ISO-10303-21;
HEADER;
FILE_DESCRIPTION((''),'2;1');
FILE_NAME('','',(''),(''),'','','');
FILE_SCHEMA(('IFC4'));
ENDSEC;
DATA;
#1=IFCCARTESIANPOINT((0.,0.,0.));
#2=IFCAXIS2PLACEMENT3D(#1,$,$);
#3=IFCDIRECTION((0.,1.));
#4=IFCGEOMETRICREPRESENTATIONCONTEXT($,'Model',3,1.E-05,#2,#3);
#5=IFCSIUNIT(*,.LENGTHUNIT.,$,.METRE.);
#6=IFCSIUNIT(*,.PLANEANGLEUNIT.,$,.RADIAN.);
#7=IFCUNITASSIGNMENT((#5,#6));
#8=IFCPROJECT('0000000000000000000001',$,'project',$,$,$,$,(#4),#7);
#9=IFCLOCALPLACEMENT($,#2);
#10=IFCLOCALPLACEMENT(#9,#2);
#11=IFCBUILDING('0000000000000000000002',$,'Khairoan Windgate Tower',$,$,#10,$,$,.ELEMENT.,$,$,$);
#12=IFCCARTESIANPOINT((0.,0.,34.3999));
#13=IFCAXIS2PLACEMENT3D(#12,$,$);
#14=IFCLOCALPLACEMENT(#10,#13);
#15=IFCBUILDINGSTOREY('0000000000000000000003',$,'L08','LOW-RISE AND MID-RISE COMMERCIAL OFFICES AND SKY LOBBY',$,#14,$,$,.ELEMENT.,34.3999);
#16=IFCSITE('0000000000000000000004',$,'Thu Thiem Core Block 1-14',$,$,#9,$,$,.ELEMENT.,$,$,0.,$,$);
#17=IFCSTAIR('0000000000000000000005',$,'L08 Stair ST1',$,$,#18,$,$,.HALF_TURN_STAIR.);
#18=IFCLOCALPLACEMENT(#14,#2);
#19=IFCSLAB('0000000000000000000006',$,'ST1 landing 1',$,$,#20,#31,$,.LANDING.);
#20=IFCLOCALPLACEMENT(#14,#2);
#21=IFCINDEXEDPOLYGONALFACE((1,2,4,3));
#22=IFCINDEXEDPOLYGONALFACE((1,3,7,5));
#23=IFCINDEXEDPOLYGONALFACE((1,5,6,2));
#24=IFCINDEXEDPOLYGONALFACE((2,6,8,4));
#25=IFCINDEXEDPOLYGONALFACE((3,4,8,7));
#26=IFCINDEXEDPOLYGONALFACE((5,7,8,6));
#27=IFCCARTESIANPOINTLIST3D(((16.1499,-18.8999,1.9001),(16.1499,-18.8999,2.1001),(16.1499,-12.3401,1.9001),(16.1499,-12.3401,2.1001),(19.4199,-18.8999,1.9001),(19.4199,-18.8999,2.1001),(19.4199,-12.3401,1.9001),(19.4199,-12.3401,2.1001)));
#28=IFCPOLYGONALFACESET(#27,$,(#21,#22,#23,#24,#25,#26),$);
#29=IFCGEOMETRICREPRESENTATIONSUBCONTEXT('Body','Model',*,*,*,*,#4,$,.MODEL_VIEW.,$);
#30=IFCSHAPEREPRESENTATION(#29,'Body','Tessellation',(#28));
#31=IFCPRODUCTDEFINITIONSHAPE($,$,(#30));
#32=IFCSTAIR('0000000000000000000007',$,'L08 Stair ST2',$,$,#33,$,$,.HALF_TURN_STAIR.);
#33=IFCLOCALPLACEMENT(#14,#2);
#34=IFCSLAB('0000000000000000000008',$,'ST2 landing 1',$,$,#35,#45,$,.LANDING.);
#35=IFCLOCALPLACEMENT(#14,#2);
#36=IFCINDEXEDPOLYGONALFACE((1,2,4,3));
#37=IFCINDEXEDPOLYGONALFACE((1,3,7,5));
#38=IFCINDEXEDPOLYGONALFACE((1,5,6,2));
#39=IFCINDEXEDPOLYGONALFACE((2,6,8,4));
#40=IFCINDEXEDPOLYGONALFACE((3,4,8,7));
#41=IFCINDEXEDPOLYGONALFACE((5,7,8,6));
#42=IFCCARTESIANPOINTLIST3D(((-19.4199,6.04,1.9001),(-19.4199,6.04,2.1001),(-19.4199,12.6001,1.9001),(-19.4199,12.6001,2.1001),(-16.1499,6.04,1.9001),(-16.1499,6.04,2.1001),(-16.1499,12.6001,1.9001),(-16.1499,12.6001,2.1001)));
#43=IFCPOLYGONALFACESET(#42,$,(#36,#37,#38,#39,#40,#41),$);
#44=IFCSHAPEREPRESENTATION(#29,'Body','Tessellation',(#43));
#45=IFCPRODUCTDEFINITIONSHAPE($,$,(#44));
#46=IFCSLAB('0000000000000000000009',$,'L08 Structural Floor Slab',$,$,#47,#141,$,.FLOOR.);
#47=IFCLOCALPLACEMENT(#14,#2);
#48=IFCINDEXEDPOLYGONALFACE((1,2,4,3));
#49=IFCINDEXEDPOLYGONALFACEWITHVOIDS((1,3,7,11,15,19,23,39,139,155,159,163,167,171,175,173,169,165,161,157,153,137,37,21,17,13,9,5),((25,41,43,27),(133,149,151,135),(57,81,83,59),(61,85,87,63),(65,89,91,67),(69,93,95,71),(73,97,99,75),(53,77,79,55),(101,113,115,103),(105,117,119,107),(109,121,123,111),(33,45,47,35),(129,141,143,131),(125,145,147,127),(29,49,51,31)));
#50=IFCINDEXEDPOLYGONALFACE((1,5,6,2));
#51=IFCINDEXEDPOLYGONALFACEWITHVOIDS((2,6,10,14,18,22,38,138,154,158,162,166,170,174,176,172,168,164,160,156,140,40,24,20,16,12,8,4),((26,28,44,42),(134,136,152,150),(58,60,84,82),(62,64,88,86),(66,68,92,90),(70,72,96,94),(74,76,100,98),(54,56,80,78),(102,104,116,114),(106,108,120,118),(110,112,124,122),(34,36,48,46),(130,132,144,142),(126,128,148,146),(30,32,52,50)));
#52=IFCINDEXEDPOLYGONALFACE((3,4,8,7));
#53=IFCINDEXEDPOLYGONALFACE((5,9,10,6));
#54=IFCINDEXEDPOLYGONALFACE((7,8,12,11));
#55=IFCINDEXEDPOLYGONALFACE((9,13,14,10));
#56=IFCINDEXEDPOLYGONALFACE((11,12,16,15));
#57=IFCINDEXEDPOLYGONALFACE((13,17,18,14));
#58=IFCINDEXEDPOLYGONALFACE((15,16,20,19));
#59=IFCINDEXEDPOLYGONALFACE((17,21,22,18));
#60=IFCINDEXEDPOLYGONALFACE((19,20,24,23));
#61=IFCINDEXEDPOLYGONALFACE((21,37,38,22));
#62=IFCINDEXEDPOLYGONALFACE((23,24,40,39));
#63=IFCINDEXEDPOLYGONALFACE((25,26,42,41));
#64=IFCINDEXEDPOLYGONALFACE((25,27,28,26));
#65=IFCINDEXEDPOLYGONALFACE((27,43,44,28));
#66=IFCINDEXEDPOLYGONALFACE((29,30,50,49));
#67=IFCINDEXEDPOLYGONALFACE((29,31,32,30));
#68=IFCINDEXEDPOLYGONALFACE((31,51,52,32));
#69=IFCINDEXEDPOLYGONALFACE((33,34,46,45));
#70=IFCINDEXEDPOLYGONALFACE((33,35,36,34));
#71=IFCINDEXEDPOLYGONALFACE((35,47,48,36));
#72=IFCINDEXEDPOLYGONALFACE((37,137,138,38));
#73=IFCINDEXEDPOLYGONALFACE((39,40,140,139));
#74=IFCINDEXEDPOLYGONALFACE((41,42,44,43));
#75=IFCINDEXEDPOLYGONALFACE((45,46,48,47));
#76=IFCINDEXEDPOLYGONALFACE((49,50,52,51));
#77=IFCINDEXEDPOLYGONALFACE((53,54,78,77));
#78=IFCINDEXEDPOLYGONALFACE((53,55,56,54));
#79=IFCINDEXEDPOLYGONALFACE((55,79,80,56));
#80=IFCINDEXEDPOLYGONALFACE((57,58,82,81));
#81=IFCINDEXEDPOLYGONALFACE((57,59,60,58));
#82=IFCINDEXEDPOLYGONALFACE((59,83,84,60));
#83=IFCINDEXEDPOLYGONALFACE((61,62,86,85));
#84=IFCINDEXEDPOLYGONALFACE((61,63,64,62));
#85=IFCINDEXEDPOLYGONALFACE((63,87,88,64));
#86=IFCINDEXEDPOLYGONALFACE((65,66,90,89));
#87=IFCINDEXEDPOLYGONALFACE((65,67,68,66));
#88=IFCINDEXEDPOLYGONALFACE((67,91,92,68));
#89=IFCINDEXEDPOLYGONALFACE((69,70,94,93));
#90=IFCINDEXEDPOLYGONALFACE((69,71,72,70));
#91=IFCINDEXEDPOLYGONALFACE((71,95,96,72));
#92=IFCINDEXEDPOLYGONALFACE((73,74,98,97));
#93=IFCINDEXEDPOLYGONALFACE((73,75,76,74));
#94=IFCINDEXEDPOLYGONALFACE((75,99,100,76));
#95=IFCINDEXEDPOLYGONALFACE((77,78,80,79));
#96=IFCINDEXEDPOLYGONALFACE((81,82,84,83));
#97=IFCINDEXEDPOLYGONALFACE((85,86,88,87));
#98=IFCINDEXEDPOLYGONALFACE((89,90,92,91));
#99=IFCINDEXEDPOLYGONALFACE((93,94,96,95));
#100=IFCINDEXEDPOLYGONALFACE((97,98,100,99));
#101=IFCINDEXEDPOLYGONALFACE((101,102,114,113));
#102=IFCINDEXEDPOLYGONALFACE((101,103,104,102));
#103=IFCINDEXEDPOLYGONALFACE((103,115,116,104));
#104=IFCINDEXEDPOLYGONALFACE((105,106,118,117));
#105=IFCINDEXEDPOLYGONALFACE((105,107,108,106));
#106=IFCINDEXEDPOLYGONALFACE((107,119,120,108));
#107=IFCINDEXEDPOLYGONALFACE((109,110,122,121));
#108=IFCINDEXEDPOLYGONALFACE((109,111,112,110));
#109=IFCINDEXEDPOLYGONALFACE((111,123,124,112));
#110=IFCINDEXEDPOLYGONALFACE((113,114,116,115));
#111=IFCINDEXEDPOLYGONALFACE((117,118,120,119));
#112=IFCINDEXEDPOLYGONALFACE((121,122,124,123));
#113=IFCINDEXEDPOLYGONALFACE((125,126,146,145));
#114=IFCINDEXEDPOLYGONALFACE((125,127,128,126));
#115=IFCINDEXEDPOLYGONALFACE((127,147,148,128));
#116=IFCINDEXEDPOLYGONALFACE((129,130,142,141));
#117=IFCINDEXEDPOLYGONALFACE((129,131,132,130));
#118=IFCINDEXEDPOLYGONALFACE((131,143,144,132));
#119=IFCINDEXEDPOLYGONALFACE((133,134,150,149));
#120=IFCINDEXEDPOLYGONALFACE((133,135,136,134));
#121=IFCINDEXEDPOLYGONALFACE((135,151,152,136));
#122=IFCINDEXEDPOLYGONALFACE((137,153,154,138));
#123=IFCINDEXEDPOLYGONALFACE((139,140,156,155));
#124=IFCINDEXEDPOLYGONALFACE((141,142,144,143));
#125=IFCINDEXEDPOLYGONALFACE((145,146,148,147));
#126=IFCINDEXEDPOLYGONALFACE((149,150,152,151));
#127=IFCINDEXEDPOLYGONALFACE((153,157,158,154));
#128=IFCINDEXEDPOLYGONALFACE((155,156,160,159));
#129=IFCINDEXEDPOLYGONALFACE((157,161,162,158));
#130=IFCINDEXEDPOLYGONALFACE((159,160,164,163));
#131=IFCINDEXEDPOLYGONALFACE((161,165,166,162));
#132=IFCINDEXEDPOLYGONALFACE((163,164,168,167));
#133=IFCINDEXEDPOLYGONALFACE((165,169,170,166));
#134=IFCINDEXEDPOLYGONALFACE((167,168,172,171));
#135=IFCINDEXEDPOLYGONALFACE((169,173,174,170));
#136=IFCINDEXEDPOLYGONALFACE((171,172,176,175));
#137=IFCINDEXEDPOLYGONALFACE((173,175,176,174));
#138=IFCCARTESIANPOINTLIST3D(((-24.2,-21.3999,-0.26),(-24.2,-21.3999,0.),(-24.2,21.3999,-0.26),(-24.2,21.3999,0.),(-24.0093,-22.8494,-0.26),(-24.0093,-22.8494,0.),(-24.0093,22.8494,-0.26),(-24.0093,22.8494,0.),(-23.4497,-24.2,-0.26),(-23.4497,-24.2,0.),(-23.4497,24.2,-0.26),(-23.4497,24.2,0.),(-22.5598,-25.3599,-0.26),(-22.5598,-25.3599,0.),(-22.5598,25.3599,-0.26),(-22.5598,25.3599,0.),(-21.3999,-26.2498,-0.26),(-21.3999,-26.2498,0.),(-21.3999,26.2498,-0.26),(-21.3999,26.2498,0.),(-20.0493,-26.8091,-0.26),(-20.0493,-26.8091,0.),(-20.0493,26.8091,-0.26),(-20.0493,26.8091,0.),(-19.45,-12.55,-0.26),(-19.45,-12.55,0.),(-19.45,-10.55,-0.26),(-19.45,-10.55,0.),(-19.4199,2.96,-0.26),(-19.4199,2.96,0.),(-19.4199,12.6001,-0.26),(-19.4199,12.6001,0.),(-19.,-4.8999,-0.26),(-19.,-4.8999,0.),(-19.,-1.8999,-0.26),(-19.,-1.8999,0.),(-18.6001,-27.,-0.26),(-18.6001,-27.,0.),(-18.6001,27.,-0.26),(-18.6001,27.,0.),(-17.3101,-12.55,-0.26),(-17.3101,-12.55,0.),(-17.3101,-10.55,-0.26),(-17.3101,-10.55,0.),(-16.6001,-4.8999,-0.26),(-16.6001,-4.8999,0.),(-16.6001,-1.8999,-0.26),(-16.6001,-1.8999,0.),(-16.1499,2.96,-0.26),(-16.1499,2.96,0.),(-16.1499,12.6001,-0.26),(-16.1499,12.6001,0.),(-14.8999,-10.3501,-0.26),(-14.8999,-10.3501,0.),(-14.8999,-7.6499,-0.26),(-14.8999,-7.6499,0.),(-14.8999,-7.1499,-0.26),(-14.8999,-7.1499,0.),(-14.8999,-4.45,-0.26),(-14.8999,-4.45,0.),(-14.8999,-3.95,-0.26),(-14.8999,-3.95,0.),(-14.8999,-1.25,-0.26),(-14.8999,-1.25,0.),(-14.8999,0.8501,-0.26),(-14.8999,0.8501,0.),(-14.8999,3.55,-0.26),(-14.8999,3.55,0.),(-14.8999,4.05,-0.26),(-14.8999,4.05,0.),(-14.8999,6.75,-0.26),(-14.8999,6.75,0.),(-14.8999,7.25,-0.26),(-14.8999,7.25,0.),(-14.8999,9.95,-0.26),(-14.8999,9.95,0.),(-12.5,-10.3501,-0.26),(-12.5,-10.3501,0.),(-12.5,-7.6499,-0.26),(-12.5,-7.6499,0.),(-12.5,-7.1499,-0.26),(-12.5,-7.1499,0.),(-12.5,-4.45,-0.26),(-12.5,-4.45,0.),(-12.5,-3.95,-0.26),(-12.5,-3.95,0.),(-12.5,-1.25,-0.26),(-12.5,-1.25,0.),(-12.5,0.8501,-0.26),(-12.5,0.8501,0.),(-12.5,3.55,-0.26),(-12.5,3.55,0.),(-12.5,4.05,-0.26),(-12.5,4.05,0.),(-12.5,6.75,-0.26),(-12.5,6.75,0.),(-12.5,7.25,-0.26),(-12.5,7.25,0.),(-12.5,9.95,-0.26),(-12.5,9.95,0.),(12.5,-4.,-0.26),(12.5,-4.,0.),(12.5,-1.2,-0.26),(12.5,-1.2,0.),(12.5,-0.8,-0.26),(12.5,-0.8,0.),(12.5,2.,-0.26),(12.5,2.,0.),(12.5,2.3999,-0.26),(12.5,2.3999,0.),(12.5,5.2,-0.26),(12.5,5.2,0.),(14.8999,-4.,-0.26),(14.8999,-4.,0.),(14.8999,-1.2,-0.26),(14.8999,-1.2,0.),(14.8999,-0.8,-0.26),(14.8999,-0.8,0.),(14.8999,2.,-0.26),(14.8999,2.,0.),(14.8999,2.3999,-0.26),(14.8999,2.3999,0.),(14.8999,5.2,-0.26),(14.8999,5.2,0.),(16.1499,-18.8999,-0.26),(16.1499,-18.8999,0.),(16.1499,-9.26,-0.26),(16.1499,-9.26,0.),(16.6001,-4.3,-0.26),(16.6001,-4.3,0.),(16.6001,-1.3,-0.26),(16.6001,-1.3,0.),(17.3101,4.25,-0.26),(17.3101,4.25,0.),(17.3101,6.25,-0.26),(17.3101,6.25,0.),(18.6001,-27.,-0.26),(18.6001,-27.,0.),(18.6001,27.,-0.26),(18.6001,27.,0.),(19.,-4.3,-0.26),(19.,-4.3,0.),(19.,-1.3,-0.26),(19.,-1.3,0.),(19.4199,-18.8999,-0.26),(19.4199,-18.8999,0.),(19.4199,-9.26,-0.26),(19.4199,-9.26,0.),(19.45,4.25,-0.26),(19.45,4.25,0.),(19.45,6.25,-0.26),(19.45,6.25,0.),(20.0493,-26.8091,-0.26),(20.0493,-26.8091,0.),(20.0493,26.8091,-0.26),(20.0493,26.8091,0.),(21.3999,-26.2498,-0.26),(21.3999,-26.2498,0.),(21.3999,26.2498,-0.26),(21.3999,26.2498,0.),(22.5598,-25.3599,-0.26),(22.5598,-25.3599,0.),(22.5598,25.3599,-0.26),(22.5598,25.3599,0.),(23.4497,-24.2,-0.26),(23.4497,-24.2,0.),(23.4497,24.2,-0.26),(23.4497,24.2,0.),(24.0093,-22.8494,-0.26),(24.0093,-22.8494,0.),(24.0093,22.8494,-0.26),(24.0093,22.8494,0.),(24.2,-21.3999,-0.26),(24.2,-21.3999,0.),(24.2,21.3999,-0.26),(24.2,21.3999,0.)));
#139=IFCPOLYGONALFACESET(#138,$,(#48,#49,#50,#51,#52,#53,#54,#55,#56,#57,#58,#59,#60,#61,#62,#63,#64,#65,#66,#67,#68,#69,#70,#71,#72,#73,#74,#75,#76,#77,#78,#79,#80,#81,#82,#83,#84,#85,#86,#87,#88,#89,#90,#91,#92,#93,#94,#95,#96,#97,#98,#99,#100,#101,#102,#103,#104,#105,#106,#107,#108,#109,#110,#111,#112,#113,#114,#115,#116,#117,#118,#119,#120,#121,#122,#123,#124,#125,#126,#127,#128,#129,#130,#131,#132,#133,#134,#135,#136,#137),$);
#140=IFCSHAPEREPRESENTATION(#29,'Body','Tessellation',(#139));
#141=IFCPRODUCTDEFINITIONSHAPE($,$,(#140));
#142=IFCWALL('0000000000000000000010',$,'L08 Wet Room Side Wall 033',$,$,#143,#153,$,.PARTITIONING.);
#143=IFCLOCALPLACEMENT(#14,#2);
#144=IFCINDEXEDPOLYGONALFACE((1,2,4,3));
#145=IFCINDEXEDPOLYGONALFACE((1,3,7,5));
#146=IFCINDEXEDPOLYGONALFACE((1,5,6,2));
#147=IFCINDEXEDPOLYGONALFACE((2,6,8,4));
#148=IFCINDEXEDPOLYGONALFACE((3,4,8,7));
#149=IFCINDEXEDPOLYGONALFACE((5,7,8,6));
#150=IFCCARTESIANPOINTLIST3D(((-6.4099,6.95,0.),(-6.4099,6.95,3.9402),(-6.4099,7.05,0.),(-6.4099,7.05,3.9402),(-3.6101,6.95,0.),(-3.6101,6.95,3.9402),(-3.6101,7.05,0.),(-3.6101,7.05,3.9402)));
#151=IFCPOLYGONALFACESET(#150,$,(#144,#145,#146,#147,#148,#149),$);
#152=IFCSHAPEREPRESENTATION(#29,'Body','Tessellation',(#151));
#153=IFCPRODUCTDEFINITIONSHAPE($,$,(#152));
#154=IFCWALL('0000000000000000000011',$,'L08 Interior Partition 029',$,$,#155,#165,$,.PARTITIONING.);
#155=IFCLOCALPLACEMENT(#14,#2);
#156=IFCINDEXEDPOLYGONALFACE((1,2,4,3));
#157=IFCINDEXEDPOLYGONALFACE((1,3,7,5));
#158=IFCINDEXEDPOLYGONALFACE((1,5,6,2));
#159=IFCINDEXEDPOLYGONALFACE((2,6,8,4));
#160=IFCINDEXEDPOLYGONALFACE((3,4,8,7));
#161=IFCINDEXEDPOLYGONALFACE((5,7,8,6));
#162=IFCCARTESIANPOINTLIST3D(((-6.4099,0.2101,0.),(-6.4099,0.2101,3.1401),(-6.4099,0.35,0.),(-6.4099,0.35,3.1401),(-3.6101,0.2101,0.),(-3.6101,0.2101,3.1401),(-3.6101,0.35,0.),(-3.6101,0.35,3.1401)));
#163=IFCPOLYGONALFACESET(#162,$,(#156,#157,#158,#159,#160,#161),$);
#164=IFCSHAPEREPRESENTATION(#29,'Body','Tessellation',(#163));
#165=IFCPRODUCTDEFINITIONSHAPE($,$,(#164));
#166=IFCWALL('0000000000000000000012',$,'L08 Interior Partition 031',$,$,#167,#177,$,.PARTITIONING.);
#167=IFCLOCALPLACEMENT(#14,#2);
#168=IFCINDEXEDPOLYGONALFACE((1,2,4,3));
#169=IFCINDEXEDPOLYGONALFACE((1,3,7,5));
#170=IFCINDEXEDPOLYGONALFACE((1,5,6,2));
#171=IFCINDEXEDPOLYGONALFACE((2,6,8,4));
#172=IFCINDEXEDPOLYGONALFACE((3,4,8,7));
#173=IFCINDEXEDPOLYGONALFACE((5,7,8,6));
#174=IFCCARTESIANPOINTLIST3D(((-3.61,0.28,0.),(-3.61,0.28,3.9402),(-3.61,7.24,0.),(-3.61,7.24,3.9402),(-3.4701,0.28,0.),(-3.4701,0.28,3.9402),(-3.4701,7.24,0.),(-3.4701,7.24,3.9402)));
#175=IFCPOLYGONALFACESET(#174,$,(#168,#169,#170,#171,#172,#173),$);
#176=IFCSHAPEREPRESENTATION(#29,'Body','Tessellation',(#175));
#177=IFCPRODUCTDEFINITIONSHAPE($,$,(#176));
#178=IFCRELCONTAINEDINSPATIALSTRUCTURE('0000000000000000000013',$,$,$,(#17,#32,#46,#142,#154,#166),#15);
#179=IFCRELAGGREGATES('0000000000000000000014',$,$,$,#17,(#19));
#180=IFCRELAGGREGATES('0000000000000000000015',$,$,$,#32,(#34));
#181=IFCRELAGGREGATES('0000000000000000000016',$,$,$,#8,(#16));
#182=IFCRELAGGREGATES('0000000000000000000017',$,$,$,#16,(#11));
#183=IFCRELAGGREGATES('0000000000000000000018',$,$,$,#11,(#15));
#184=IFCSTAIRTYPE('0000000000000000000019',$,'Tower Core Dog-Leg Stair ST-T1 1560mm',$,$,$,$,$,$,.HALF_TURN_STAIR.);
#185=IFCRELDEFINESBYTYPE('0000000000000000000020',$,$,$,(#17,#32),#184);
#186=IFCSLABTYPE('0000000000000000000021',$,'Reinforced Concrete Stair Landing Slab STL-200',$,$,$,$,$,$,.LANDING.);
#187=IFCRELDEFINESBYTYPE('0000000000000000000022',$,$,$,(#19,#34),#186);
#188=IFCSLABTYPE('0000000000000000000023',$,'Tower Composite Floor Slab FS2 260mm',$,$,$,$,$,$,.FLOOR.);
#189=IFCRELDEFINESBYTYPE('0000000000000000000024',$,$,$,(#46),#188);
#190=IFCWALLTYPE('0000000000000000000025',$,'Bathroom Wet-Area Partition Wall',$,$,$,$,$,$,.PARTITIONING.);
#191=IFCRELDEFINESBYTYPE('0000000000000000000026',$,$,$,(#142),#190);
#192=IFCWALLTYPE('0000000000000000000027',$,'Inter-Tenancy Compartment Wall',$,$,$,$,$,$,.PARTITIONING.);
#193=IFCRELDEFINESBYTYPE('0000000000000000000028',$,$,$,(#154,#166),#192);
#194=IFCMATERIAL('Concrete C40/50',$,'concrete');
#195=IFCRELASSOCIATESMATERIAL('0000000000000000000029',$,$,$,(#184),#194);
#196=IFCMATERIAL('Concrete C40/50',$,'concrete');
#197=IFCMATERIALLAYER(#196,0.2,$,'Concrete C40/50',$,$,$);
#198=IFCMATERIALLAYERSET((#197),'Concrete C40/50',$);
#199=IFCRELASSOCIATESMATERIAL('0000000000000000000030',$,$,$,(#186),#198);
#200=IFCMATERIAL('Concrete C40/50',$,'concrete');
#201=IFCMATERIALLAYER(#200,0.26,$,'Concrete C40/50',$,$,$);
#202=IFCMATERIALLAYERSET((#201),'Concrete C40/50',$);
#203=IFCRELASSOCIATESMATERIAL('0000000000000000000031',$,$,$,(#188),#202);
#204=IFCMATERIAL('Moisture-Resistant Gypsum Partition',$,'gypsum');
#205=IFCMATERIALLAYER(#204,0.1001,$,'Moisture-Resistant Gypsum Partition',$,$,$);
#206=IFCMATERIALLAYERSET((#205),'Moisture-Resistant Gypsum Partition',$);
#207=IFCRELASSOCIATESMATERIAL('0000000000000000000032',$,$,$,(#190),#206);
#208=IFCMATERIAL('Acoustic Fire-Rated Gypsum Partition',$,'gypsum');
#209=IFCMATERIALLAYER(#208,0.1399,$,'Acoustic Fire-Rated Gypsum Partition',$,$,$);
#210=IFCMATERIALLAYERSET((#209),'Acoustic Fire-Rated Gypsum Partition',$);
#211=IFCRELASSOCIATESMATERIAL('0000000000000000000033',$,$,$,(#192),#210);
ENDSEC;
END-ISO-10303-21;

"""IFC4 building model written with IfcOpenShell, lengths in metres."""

from ifc_helpers import new_model, si_unit, direction, frame, frame_2d, origin, place, context, subcontext, project, spatial, polyline, rectangle, outline, extrude, material, layer, layer_set, type_object, element, aggregate, save


model = new_model("IFC4")

# Units and contexts
model_context = context("Model", 3, precision=1e-05, world=origin(), true_north=direction((0.0, 1.0)))
body_context = subcontext(model_context, "Body", "Model", "MODEL_VIEW")
ifc_project = project(units=[si_unit("LENGTHUNIT", "METRE"), si_unit("PLANEANGLEUNIT", "RADIAN")], contexts=[model_context])

# Site, building, storey
site_placement = place(None, origin())
site = spatial("IfcSite", under=ifc_project, at=site_placement, Name="Thu Thiem Core Block 1-14", CompositionType="ELEMENT", RefElevation=0.0)
building_placement = place(site_placement, origin())
building = spatial("IfcBuilding", under=site, at=building_placement, Name="Khairoan Windgate Tower", CompositionType="ELEMENT")
storey_placement = place(building_placement, frame((0.0, 0.0, 34.3999)))
storey = spatial("IfcBuildingStorey", under=building, at=storey_placement, Name="L08", Description="LOW-RISE AND MID-RISE COMMERCIAL OFFICES AND SKY LOBBY", CompositionType="ELEMENT", Elevation=34.3999)

# Stairs, slabs
ifc_material_1 = material(Name="Concrete C40/50", Category="concrete")
stair_type = type_object("IfcStairType", Name="Tower Core Dog-Leg Stair ST-T1 1560mm", PredefinedType="HALF_TURN_STAIR", material=ifc_material_1)
stair_1_placement = place(storey_placement, origin())
stair_1 = element("IfcStair", 1, at=stair_1_placement, inside=storey, type_object=stair_type, Name="L08 Stair ST1", PredefinedType="HALF_TURN_STAIR")
ifc_material_2 = material(Name="Concrete C40/50", Category="concrete")
ifc_layer_1 = layer(ifc_material_2, 0.2, Name="Concrete C40/50")
ifc_layer_set_1 = layer_set([ifc_layer_1], Name="Concrete C40/50")
slab_type_1 = type_object("IfcSlabType", Name="Reinforced Concrete Stair Landing Slab STL-200", PredefinedType="LANDING", material=ifc_layer_set_1)
slab_1_placement = place(storey_placement, frame((0.0, 0.0, 1.9001)))
slab_1 = element("IfcSlab", 2, at=slab_1_placement, type_object=slab_type_1, Name="ST1 landing 1", PredefinedType="LANDING", context=body_context, shape_type="SweptSolid", body=[
    extrude(outline(polyline([(16.1499, -12.3401), (16.1499, -18.8999), (19.4199, -18.8999), (19.4199, -12.3401), (16.1499, -12.3401)])), origin(), (0.0, 0.0, 1.0), 0.2),
])
aggregate(stair_1, [slab_1])
stair_2_placement = place(storey_placement, origin())
stair_2 = element("IfcStair", 3, at=stair_2_placement, inside=storey, type_object=stair_type, Name="L08 Stair ST2", PredefinedType="HALF_TURN_STAIR")
slab_2_placement = place(storey_placement, frame((0.0, 0.0, 1.9001)))
slab_2 = element("IfcSlab", 4, at=slab_2_placement, type_object=slab_type_1, Name="ST2 landing 1", PredefinedType="LANDING", context=body_context, shape_type="SweptSolid", body=[
    extrude(outline(polyline([(-16.1499, 6.04), (-16.1499, 12.6001), (-19.4199, 12.6001), (-19.4199, 6.04), (-16.1499, 6.04)])), origin(), (0.0, 0.0, 1.0), 0.2),
])
aggregate(stair_2, [slab_2])

# Slab
ifc_material_3 = material(Name="Concrete C40/50", Category="concrete")
ifc_layer_2 = layer(ifc_material_3, 0.26, Name="Concrete C40/50")
ifc_layer_set_2 = layer_set([ifc_layer_2], Name="Concrete C40/50")
slab_type_2 = type_object("IfcSlabType", Name="Tower Composite Floor Slab FS2 260mm", PredefinedType="FLOOR", material=ifc_layer_set_2)
slab_3_placement = place(storey_placement, frame((0.0, 0.0, -0.26)))
element("IfcSlab", 5, at=slab_3_placement, inside=storey, type_object=slab_type_2, Name="L08 Structural Floor Slab", PredefinedType="FLOOR", context=body_context, shape_type="SweptSolid", body=[
    extrude(outline(polyline([(18.6001, -27.0), (20.0493, -26.8091), (21.3999, -26.2498), (22.5598, -25.3599), (23.4497, -24.2), (24.0093, -22.8494), (24.2, -21.3999), (24.2, 21.3999), (24.0093, 22.8494), (23.4497, 24.2), (22.5598, 25.3599), (21.3999, 26.2498), (20.0493, 26.8091), (18.6001, 27.0), (-18.6001, 27.0), (-20.0493, 26.8091), (-21.3999, 26.2498), (-22.5598, 25.3599), (-23.4497, 24.2), (-24.0093, 22.8494), (-24.2, 21.3999), (-24.2, -21.3999), (-24.0093, -22.8494), (-23.4497, -24.2), (-22.5598, -25.3599), (-21.3999, -26.2498), (-20.0493, -26.8091), (-18.6001, -27.0), (18.6001, -27.0)]), holes=[polyline([(16.1499, -9.26), (16.1499, -18.8999), (19.4199, -18.8999), (19.4199, -9.26), (16.1499, -9.26)]), polyline([(-16.1499, 2.96), (-16.1499, 12.6001), (-19.4199, 12.6001), (-19.4199, 2.96), (-16.1499, 2.96)]), polyline([(-14.8999, 7.25), (-12.5, 7.25), (-12.5, 9.95), (-14.8999, 9.95), (-14.8999, 7.25)]), polyline([(-14.8999, 4.05), (-12.5, 4.05), (-12.5, 6.75), (-14.8999, 6.75), (-14.8999, 4.05)]), polyline([(-14.8999, 0.8501), (-12.5, 0.8501), (-12.5, 3.55), (-14.8999, 3.55), (-14.8999, 0.8501)]), polyline([(-14.8999, -3.95), (-12.5, -3.95), (-12.5, -1.25), (-14.8999, -1.25), (-14.8999, -3.95)]), polyline([(-14.8999, -7.1499), (-12.5, -7.1499), (-12.5, -4.45), (-14.8999, -4.45), (-14.8999, -7.1499)]), polyline([(-14.8999, -10.3501), (-12.5, -10.3501), (-12.5, -7.6499), (-14.8999, -7.6499), (-14.8999, -10.3501)]), polyline([(12.5, 2.3999), (14.8999, 2.3999), (14.8999, 5.2), (12.5, 5.2), (12.5, 2.3999)]), polyline([(12.5, -0.8), (14.8999, -0.8), (14.8999, 2.0), (12.5, 2.0), (12.5, -0.8)]), polyline([(12.5, -4.0), (14.8999, -4.0), (14.8999, -1.2), (12.5, -1.2), (12.5, -4.0)]), polyline([(16.6001, -4.3), (19.0, -4.3), (19.0, -1.3), (16.6001, -1.3), (16.6001, -4.3)]), polyline([(-19.0, -4.8999), (-16.6001, -4.8999), (-16.6001, -1.8999), (-19.0, -1.8999), (-19.0, -4.8999)]), polyline([(-19.45, -12.55), (-17.3101, -12.55), (-17.3101, -10.55), (-19.45, -10.55), (-19.45, -12.55)]), polyline([(17.3101, 4.25), (19.45, 4.25), (19.45, 6.25), (17.3101, 6.25), (17.3101, 4.25)])]), origin(), (0.0, 0.0, 1.0), 0.26),
])

# Walls
ifc_material_4 = material(Name="Moisture-Resistant Gypsum Partition", Category="gypsum")
ifc_layer_3 = layer(ifc_material_4, 0.1001, Name="Moisture-Resistant Gypsum Partition")
ifc_layer_set_3 = layer_set([ifc_layer_3], Name="Moisture-Resistant Gypsum Partition")
wall_type_1 = type_object("IfcWallType", Name="Bathroom Wet-Area Partition Wall", PredefinedType="PARTITIONING", material=ifc_layer_set_3)
wall_1_placement = place(storey_placement, frame((-6.4099, 7.0, 0.0), z_axis=(0.0, 0.0, 1.0), x_axis=(1.0, 0.0, 0.0)))
element("IfcWall", 6, at=wall_1_placement, inside=storey, type_object=wall_type_1, Name="L08 Wet Room Side Wall 033", PredefinedType="PARTITIONING", context=body_context, shape_type="SweptSolid", body=[
    extrude(rectangle(XDim=2.7998, YDim=0.1001, at=frame_2d((1.3999, 0.0))), origin(), (0.0, 0.0, 1.0), 3.9402),
])
ifc_material_5 = material(Name="Acoustic Fire-Rated Gypsum Partition", Category="gypsum")
ifc_layer_4 = layer(ifc_material_5, 0.1399, Name="Acoustic Fire-Rated Gypsum Partition")
ifc_layer_set_4 = layer_set([ifc_layer_4], Name="Acoustic Fire-Rated Gypsum Partition")
wall_type_2 = type_object("IfcWallType", Name="Inter-Tenancy Compartment Wall", PredefinedType="PARTITIONING", material=ifc_layer_set_4)
wall_2_placement = place(storey_placement, frame((-6.4099, 0.28, 0.0), z_axis=(0.0, 0.0, 1.0), x_axis=(1.0, 0.0, 0.0)))
element("IfcWall", 7, at=wall_2_placement, inside=storey, type_object=wall_type_2, Name="L08 Interior Partition 029", PredefinedType="PARTITIONING", context=body_context, shape_type="SweptSolid", body=[
    extrude(rectangle(XDim=2.7998, YDim=0.1399, at=frame_2d((1.3999, 0.0))), origin(), (0.0, 0.0, 1.0), 3.1401),
])
wall_3_placement = place(storey_placement, frame((-3.54, 0.28, 0.0), z_axis=(0.0, 0.0, 1.0), x_axis=(0.0, 1.0, 0.0)))
element("IfcWall", 8, at=wall_3_placement, inside=storey, type_object=wall_type_2, Name="L08 Interior Partition 031", PredefinedType="PARTITIONING", context=body_context, shape_type="SweptSolid", body=[
    extrude(rectangle(XDim=6.96, YDim=0.1399, at=frame_2d((3.48, 0.0))), origin(), (0.0, 0.0, 1.0), 3.9402),
])

save(model, "model.ifc")
